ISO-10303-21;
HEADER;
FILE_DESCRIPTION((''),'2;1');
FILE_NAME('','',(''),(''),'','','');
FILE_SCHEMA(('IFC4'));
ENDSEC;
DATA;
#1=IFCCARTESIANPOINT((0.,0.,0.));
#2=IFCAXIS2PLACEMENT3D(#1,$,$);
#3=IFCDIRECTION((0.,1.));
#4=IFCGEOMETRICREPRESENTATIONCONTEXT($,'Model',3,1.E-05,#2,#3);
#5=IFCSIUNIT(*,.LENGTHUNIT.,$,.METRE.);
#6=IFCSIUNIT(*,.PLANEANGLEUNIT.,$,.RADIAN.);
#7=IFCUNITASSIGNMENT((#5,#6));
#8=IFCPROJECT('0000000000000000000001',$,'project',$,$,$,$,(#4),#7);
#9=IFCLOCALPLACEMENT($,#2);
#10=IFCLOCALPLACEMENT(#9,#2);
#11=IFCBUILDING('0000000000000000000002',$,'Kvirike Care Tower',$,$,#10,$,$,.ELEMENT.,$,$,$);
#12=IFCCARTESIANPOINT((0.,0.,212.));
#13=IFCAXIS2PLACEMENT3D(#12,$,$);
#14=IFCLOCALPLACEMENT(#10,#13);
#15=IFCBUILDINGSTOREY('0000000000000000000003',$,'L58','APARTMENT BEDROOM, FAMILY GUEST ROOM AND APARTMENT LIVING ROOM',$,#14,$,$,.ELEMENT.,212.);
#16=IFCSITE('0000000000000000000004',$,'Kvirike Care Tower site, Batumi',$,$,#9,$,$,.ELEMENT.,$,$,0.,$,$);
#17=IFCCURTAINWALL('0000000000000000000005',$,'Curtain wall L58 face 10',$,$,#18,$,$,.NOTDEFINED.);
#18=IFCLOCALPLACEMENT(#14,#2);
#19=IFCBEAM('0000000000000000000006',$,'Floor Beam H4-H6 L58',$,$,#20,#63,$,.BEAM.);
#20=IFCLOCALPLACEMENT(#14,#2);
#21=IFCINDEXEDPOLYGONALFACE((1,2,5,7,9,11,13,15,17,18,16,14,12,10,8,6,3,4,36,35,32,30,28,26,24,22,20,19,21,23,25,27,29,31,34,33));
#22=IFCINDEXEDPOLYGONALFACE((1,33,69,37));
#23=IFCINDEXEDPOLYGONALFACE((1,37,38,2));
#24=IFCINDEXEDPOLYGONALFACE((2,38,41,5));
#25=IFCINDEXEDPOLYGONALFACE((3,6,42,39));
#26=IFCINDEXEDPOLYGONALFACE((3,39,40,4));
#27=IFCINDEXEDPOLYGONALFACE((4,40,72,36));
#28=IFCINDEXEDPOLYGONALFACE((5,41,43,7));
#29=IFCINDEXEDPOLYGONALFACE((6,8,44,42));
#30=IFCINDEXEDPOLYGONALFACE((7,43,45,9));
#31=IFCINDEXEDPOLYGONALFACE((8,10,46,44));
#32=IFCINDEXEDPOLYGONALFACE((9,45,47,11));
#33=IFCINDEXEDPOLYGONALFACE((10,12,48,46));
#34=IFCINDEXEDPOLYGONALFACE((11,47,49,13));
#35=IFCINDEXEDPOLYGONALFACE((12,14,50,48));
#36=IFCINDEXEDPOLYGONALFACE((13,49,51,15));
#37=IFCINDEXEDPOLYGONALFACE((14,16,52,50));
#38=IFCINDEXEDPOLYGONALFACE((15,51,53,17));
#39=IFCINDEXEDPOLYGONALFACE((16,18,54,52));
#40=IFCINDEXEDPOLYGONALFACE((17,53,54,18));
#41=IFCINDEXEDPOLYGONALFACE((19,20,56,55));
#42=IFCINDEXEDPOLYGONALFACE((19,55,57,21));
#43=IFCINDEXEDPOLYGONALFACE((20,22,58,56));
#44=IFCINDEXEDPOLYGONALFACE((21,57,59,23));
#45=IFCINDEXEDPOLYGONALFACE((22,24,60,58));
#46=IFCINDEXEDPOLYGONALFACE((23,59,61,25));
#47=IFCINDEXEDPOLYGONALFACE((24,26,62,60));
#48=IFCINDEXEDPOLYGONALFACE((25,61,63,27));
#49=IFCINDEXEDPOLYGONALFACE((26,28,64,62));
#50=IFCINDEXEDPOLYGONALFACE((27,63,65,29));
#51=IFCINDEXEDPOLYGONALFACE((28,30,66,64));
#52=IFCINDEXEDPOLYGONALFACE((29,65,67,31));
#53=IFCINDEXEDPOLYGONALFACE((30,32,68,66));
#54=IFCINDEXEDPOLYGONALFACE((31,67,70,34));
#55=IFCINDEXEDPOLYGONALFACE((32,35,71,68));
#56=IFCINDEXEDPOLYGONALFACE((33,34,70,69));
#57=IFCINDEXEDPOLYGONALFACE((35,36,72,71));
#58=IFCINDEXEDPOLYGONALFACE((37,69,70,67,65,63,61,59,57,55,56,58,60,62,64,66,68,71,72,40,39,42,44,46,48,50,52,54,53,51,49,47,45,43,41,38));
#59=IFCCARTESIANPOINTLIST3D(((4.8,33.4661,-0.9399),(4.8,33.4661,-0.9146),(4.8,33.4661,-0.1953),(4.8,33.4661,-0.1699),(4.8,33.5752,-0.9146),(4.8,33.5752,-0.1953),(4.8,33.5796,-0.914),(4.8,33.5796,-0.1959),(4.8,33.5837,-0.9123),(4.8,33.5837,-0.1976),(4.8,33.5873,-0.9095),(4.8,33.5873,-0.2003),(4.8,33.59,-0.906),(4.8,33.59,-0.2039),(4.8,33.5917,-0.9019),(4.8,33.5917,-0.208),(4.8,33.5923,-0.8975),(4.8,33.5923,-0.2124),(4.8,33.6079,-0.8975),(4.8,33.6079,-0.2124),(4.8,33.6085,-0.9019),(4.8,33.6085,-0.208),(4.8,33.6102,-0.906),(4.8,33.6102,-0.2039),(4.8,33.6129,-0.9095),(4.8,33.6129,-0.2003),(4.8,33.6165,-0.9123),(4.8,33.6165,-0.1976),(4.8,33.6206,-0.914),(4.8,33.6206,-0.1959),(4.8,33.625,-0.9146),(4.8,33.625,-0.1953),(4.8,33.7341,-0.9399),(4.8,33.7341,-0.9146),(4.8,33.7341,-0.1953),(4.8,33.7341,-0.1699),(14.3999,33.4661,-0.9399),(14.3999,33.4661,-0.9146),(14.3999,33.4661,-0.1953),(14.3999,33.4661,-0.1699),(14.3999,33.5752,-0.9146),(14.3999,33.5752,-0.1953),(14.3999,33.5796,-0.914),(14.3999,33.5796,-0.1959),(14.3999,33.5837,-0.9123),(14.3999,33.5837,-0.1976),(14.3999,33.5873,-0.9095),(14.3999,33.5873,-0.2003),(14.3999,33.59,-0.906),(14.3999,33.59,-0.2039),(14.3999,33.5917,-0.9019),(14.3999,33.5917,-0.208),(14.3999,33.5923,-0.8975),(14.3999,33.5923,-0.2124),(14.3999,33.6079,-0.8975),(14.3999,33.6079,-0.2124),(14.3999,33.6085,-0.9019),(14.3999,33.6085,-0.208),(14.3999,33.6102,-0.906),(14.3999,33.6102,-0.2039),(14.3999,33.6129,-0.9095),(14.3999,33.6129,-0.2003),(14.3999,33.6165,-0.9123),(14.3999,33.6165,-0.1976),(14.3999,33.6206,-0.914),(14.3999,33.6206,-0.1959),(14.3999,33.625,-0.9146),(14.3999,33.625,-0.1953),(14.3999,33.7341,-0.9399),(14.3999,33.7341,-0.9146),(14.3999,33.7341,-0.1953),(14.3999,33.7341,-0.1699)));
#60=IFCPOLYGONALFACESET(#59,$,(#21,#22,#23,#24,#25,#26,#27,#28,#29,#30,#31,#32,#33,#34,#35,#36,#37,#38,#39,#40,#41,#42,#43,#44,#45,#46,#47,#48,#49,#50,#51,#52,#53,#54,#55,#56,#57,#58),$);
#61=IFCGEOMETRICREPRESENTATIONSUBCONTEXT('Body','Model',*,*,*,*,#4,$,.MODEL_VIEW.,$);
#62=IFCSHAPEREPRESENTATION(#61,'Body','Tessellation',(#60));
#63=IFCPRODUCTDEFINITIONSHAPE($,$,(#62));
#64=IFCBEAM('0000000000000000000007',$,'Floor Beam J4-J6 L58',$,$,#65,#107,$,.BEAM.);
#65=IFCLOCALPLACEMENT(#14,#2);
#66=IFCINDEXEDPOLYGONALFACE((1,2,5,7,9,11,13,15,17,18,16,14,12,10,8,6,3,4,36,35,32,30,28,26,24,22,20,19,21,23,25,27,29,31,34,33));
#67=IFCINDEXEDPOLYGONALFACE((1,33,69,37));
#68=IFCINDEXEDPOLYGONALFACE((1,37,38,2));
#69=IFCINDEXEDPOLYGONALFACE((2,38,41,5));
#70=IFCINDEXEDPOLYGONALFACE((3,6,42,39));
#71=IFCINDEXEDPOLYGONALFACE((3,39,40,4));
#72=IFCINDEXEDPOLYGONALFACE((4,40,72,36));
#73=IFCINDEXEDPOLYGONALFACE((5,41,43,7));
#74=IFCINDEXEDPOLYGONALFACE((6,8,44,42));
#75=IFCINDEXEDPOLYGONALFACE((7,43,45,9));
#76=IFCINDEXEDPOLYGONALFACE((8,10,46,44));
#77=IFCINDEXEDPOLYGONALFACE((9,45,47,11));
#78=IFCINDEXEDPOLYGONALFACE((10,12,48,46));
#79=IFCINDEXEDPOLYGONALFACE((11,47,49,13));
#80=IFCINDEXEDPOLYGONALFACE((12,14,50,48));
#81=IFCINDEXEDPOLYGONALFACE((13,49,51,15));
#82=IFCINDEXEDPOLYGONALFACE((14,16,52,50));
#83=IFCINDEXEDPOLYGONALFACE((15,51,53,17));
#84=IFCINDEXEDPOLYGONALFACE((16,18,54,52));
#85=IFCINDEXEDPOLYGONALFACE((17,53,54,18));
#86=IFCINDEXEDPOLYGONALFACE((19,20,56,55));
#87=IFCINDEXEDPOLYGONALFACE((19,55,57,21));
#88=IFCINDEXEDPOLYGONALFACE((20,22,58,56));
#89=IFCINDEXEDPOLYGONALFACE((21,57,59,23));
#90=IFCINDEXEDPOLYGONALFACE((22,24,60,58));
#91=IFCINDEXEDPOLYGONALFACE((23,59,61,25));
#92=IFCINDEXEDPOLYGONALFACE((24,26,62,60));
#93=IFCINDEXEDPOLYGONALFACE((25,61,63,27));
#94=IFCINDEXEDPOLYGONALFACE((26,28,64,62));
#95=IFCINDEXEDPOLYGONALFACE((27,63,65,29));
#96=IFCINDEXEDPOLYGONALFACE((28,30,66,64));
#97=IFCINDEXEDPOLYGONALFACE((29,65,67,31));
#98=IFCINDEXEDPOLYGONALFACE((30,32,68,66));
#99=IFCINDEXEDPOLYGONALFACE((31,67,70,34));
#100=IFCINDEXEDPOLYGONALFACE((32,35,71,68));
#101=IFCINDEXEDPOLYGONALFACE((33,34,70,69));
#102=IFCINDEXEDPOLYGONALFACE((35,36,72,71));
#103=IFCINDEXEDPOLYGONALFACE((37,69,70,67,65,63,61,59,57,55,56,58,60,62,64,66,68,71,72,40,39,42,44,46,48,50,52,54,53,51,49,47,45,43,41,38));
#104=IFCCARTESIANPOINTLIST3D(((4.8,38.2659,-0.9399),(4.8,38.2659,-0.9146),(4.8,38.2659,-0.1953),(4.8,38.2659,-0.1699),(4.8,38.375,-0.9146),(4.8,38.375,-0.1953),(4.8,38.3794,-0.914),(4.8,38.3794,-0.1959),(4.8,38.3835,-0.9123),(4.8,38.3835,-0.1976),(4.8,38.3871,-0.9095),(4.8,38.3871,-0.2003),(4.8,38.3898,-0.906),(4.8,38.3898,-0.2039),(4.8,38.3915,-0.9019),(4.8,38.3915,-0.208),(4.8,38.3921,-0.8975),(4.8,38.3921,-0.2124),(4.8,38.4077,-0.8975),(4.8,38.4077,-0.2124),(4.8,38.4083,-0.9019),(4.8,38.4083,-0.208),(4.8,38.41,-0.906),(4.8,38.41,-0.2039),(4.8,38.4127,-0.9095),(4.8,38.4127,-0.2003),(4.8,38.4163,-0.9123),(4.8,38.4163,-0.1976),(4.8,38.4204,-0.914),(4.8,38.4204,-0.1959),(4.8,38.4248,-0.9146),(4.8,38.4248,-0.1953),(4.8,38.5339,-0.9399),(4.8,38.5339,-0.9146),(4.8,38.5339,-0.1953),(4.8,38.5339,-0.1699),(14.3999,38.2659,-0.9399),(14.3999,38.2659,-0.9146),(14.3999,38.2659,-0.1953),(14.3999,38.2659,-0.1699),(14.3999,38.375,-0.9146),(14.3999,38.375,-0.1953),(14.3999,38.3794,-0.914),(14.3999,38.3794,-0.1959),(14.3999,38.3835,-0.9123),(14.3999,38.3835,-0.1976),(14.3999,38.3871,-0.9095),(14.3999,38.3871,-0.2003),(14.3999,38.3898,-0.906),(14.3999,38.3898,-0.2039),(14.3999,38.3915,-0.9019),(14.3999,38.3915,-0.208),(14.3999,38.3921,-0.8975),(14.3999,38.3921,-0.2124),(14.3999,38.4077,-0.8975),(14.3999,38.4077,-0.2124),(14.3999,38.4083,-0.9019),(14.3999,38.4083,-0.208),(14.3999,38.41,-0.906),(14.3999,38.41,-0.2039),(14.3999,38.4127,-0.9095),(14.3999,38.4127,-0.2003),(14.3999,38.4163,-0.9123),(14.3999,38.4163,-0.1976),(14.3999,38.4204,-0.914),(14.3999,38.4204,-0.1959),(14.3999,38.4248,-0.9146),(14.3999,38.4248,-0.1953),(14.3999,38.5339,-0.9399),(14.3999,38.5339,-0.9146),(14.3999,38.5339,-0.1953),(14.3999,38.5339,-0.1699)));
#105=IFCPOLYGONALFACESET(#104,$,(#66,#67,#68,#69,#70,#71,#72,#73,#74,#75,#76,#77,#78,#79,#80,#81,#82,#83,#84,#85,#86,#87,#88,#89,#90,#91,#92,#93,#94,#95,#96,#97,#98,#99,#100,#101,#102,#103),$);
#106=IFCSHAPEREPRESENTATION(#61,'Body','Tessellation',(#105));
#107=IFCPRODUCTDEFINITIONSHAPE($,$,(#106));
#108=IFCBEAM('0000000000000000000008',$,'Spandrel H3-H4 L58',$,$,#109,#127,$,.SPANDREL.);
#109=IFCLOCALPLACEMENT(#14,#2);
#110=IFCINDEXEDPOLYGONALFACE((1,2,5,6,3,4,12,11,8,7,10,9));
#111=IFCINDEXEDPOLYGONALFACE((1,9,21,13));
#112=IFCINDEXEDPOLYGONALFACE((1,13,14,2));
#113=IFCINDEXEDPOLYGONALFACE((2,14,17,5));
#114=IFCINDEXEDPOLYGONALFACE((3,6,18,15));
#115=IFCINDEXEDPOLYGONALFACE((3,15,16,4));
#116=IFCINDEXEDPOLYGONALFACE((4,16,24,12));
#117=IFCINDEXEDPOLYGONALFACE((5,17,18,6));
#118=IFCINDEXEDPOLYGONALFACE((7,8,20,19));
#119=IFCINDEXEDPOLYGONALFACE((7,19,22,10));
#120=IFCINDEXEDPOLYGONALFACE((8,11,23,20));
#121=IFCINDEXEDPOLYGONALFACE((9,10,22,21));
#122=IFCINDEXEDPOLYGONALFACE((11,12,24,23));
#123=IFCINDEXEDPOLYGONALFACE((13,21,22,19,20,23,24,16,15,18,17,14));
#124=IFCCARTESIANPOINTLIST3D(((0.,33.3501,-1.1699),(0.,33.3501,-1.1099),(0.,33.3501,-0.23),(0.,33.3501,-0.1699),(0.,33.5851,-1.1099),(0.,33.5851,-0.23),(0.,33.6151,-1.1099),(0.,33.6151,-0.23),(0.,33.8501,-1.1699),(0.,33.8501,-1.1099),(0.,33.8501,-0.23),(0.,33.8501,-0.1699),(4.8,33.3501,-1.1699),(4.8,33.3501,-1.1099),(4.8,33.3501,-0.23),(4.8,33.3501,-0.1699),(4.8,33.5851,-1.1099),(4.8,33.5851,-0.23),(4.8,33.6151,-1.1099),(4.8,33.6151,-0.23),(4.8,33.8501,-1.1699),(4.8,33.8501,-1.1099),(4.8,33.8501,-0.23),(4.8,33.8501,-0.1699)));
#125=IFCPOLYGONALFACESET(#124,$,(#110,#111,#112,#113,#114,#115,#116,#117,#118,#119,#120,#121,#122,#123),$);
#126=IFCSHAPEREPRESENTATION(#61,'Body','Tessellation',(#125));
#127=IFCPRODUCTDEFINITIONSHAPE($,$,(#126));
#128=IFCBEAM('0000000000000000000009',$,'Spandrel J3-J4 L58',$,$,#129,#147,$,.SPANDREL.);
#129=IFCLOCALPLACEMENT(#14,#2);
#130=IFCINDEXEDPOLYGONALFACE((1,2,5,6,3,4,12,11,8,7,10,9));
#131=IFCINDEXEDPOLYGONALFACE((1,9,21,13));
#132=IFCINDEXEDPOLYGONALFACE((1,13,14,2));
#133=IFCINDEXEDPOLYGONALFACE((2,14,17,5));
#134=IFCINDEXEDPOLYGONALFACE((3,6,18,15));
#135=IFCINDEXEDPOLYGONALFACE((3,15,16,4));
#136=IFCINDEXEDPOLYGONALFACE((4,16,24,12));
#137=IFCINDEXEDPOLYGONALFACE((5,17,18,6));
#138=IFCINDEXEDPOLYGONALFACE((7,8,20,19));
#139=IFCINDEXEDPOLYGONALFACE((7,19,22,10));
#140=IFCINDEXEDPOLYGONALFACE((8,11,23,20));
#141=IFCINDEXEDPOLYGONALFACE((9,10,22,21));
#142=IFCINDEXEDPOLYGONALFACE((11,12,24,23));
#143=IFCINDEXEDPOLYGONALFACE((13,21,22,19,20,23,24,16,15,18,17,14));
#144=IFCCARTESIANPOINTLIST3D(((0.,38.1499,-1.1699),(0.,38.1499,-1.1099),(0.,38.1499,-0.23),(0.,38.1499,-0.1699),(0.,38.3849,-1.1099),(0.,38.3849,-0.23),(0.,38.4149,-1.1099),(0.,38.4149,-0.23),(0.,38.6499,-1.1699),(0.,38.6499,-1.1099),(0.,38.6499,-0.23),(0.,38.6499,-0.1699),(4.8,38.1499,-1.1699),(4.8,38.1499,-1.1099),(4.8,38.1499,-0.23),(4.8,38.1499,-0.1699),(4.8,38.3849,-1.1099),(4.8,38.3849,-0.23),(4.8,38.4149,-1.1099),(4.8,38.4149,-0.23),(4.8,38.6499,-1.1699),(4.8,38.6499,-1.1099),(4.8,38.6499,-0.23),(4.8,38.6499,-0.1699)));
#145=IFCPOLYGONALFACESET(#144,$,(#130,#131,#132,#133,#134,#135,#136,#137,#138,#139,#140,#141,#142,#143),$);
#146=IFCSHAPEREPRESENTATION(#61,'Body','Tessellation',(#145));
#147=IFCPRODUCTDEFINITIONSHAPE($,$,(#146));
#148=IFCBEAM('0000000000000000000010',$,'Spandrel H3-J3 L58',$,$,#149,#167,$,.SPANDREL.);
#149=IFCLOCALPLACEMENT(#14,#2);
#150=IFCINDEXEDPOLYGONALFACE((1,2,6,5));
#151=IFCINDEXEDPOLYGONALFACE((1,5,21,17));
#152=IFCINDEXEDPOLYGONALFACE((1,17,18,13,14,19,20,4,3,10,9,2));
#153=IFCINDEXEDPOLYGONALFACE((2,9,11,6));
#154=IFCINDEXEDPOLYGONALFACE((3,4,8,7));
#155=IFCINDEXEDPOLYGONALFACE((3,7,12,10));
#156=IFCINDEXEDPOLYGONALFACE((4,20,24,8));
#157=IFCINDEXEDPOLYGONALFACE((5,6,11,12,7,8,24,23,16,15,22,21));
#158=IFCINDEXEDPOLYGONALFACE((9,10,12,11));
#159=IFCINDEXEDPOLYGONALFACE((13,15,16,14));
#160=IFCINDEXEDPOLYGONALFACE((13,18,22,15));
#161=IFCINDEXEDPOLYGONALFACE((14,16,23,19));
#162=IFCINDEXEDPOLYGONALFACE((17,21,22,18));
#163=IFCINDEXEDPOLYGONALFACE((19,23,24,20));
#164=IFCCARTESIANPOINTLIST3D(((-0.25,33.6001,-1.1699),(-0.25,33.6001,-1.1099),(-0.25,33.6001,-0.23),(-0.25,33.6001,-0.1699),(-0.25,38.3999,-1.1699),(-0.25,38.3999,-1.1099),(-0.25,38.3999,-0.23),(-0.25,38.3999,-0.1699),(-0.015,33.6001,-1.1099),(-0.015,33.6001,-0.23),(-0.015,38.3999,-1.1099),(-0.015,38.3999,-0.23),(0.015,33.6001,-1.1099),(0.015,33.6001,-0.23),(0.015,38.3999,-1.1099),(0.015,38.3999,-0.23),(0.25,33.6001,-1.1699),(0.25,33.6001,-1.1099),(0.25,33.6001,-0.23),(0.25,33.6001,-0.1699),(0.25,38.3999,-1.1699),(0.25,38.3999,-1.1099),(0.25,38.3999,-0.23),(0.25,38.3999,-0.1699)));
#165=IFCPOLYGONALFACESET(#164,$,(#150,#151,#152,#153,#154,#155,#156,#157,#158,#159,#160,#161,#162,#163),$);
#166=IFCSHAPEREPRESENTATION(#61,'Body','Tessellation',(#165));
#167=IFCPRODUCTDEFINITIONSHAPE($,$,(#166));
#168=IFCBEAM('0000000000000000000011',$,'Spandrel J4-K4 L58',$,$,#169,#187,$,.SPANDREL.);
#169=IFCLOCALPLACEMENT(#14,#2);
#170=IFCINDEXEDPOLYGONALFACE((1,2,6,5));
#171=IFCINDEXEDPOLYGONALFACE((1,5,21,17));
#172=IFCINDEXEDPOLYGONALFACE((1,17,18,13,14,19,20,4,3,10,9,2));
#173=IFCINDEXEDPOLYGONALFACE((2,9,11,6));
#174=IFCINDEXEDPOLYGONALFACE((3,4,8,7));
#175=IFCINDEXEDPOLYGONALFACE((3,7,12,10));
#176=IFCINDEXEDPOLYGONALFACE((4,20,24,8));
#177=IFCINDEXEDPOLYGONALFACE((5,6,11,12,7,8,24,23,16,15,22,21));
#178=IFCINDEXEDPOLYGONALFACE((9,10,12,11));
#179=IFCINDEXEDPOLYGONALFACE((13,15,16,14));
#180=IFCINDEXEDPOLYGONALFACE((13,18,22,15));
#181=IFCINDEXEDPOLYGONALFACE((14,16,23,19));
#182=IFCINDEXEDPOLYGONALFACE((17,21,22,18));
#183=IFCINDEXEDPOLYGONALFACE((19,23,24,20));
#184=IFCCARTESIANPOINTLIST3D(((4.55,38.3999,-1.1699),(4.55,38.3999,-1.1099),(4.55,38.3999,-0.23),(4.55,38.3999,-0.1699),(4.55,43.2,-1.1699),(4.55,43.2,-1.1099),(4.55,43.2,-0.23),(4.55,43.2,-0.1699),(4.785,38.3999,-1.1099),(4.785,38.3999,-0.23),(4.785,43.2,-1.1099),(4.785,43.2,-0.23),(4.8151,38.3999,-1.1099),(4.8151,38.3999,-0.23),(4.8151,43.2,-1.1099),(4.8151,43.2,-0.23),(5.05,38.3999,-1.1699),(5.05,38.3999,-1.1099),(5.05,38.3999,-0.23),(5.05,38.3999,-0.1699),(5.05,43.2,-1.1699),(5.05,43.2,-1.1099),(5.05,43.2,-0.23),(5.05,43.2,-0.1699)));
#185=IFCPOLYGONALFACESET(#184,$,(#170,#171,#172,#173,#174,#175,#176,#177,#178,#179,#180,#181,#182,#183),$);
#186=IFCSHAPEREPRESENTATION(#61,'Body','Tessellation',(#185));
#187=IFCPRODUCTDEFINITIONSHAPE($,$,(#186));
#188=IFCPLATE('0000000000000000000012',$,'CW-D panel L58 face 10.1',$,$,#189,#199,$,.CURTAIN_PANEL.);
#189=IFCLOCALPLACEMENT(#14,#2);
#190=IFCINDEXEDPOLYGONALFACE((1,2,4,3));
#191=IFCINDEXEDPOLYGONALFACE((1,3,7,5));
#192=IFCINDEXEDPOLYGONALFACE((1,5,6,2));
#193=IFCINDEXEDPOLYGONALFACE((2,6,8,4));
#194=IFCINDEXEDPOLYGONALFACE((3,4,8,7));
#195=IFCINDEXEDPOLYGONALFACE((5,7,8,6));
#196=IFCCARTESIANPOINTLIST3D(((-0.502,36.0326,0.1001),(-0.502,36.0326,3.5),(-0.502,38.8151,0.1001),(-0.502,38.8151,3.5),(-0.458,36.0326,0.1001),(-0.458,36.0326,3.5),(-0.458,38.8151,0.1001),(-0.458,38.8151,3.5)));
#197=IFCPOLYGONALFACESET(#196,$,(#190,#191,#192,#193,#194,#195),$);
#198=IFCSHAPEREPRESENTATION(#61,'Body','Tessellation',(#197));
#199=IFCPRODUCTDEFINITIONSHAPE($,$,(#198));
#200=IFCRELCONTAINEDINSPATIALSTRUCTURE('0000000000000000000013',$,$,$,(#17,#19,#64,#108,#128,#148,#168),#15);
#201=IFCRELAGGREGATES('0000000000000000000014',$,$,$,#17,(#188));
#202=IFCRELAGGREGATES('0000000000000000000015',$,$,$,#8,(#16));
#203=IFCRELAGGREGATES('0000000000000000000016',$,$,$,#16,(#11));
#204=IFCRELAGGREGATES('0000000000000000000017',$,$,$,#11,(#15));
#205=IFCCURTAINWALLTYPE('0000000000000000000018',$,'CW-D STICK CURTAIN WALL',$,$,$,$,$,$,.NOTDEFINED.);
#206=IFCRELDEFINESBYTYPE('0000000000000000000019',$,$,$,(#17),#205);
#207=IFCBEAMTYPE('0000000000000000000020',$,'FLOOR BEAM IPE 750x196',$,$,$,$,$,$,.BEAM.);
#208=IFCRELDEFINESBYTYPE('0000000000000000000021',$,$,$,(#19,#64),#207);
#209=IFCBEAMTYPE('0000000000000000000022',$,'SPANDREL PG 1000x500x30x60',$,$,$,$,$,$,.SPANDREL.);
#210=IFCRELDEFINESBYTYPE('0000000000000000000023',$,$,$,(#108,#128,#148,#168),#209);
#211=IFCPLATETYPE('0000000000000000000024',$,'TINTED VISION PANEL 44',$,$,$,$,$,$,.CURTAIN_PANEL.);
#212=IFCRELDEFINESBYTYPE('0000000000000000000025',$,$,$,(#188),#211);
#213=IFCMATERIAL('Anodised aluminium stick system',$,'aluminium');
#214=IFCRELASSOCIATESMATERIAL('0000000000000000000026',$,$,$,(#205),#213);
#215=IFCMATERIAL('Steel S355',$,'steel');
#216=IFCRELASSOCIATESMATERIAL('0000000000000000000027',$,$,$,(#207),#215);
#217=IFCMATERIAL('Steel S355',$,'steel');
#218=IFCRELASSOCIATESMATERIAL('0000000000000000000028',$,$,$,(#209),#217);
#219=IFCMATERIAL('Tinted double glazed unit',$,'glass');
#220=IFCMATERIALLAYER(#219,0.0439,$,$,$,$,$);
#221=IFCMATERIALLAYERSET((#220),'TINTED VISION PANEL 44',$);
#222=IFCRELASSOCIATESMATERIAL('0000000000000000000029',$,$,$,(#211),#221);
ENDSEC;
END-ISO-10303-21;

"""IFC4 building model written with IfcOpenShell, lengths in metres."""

from ifc_helpers import new_model, si_unit, direction, frame, origin, origin_2d, place, context, subcontext, project, spatial, rectangle, i_section, extrude, material, layer, layer_set, material_profile, profile_set, type_object, element, aggregate, save


model = new_model("IFC4")

# Units and contexts
model_context = context("Model", 3, precision=1e-05, world=origin(), true_north=direction((0.0, 1.0)))
body_context = subcontext(model_context, "Body", "Model", "MODEL_VIEW")
ifc_project = project(units=[si_unit("LENGTHUNIT", "METRE"), si_unit("PLANEANGLEUNIT", "RADIAN")], contexts=[model_context])

# Site, building, storey
site_placement = place(None, origin())
site = spatial("IfcSite", under=ifc_project, at=site_placement, Name="Kvirike Care Tower site, Batumi", CompositionType="ELEMENT", RefElevation=0.0)
building_placement = place(site_placement, origin())
building = spatial("IfcBuilding", under=site, at=building_placement, Name="Kvirike Care Tower", CompositionType="ELEMENT")
storey_placement = place(building_placement, frame((0.0, 0.0, 212.0)))
storey = spatial("IfcBuildingStorey", under=building, at=storey_placement, Name="L58", Description="APARTMENT BEDROOM, FAMILY GUEST ROOM AND APARTMENT LIVING ROOM", CompositionType="ELEMENT", Elevation=212.0)

# Curtain wall
ifc_material_1 = material(Name="Anodised aluminium stick system", Category="aluminium")
curtain_wall_type = type_object("IfcCurtainWallType", Name="CW-D STICK CURTAIN WALL", PredefinedType="NOTDEFINED", material=ifc_material_1)
curtain_wall_1_placement = place(storey_placement, origin())
curtain_wall_1 = element("IfcCurtainWall", 1, at=curtain_wall_1_placement, inside=storey, type_object=curtain_wall_type, Name="Curtain wall L58 face 10", PredefinedType="NOTDEFINED")

# Beams
ifc_material_2 = material(Name="Steel S355", Category="steel")
ifc_material_profile_1 = material_profile(ifc_material_2, i_section(OverallWidth=0.2681, OverallDepth=0.77, WebThickness=0.0156, FlangeThickness=0.0254, FilletRadius=0.0171, at=origin_2d()), Name="IPE 750x196")
ifc_profile_set_1 = profile_set([ifc_material_profile_1], Name="Steel S355")
beam_type_1 = type_object("IfcBeamType", Name="FLOOR BEAM IPE 750x196", PredefinedType="BEAM", material=ifc_profile_set_1)
for number, where, z_axis, x_axis, name in (
    (2, (4.8, 33.6001, -0.5549), (1.0, 0.0, 0.0), (0.0, 1.0, 0.0), "Floor Beam H4-H6 L58"),
    (3, (4.8, 38.3999, -0.5549), (1.0, 0.0, 0.0), (0.0, 1.0, 0.0), "Floor Beam J4-J6 L58"),
):
    element("IfcBeam", number, at=place(storey_placement, frame(where, z_axis=z_axis, x_axis=x_axis)), inside=storey, type_object=beam_type_1, Name=name, PredefinedType="BEAM", context=body_context, shape_type="SweptSolid", body=[
        extrude(i_section(OverallWidth=0.2681, OverallDepth=0.77, WebThickness=0.0156, FlangeThickness=0.0254, FilletRadius=0.0171, at=origin_2d()), origin(), (0.0, 0.0, 1.0), 9.5999),
    ])
ifc_material_3 = material(Name="Steel S355", Category="steel")
ifc_material_profile_2 = material_profile(ifc_material_3, i_section(OverallWidth=0.5, OverallDepth=1.0, WebThickness=0.03, FlangeThickness=0.0601, at=origin_2d()), Name="PG 1000x500x30x60")
ifc_profile_set_2 = profile_set([ifc_material_profile_2], Name="Steel S355")
beam_type_2 = type_object("IfcBeamType", Name="SPANDREL PG 1000x500x30x60", PredefinedType="SPANDREL", material=ifc_profile_set_2)
for number, where, z_axis, x_axis, name in (
    (4, (0.0, 33.6001, -0.6699), (1.0, 0.0, 0.0), (0.0, 1.0, 0.0), "Spandrel H3-H4 L58"),
    (5, (0.0, 38.3999, -0.6699), (1.0, 0.0, 0.0), (0.0, 1.0, 0.0), "Spandrel J3-J4 L58"),
):
    element("IfcBeam", number, at=place(storey_placement, frame(where, z_axis=z_axis, x_axis=x_axis)), inside=storey, type_object=beam_type_2, Name=name, PredefinedType="SPANDREL", context=body_context, shape_type="SweptSolid", body=[
        extrude(i_section(OverallWidth=0.5, OverallDepth=1.0, WebThickness=0.03, FlangeThickness=0.0601, at=origin_2d()), origin(), (0.0, 0.0, 1.0), 4.8),
    ])
beam_1_placement = place(storey_placement, frame((0.0, 33.6001, -0.6699), z_axis=(0.0, 1.0, 0.0), x_axis=(-1.0, 0.0, 0.0)))
element("IfcBeam", 6, at=beam_1_placement, inside=storey, type_object=beam_type_2, Name="Spandrel H3-J3 L58", PredefinedType="SPANDREL", context=body_context, shape_type="SweptSolid", body=[
    extrude(i_section(OverallWidth=0.5, OverallDepth=1.0, WebThickness=0.03, FlangeThickness=0.0601, at=origin_2d()), origin(), (0.0, 0.0, 1.0), 4.7998),
])
beam_2_placement = place(storey_placement, frame((4.8, 38.3999, -0.6699), z_axis=(0.0, 1.0, 0.0), x_axis=(-1.0, 0.0, 0.0)))
element("IfcBeam", 7, at=beam_2_placement, inside=storey, type_object=beam_type_2, Name="Spandrel J4-K4 L58", PredefinedType="SPANDREL", context=body_context, shape_type="SweptSolid", body=[
    extrude(i_section(OverallWidth=0.5, OverallDepth=1.0, WebThickness=0.03, FlangeThickness=0.0601, at=origin_2d()), origin(), (0.0, 0.0, 1.0), 4.8),
])

# Plate
ifc_material_4 = material(Name="Tinted double glazed unit", Category="glass")
ifc_layer_1 = layer(ifc_material_4, 0.0439)
ifc_layer_set_1 = layer_set([ifc_layer_1], Name="TINTED VISION PANEL 44")
plate_type = type_object("IfcPlateType", Name="TINTED VISION PANEL 44", PredefinedType="CURTAIN_PANEL", material=ifc_layer_set_1)
plate_1_placement = place(storey_placement, frame((-0.48, 37.4238, 0.1001), z_axis=(0.0, 0.0, 1.0), x_axis=(0.0, -1.0, 0.0)))
plate_1 = element("IfcPlate", 8, at=plate_1_placement, type_object=plate_type, Name="CW-D panel L58 face 10.1", PredefinedType="CURTAIN_PANEL", context=body_context, shape_type="SweptSolid", body=[
    extrude(rectangle(XDim=2.7825, YDim=0.0439, at=origin_2d()), origin(), (0.0, 0.0, 1.0), 3.3999),
])
aggregate(curtain_wall_1, [plate_1])

save(model, "model.ifc")
